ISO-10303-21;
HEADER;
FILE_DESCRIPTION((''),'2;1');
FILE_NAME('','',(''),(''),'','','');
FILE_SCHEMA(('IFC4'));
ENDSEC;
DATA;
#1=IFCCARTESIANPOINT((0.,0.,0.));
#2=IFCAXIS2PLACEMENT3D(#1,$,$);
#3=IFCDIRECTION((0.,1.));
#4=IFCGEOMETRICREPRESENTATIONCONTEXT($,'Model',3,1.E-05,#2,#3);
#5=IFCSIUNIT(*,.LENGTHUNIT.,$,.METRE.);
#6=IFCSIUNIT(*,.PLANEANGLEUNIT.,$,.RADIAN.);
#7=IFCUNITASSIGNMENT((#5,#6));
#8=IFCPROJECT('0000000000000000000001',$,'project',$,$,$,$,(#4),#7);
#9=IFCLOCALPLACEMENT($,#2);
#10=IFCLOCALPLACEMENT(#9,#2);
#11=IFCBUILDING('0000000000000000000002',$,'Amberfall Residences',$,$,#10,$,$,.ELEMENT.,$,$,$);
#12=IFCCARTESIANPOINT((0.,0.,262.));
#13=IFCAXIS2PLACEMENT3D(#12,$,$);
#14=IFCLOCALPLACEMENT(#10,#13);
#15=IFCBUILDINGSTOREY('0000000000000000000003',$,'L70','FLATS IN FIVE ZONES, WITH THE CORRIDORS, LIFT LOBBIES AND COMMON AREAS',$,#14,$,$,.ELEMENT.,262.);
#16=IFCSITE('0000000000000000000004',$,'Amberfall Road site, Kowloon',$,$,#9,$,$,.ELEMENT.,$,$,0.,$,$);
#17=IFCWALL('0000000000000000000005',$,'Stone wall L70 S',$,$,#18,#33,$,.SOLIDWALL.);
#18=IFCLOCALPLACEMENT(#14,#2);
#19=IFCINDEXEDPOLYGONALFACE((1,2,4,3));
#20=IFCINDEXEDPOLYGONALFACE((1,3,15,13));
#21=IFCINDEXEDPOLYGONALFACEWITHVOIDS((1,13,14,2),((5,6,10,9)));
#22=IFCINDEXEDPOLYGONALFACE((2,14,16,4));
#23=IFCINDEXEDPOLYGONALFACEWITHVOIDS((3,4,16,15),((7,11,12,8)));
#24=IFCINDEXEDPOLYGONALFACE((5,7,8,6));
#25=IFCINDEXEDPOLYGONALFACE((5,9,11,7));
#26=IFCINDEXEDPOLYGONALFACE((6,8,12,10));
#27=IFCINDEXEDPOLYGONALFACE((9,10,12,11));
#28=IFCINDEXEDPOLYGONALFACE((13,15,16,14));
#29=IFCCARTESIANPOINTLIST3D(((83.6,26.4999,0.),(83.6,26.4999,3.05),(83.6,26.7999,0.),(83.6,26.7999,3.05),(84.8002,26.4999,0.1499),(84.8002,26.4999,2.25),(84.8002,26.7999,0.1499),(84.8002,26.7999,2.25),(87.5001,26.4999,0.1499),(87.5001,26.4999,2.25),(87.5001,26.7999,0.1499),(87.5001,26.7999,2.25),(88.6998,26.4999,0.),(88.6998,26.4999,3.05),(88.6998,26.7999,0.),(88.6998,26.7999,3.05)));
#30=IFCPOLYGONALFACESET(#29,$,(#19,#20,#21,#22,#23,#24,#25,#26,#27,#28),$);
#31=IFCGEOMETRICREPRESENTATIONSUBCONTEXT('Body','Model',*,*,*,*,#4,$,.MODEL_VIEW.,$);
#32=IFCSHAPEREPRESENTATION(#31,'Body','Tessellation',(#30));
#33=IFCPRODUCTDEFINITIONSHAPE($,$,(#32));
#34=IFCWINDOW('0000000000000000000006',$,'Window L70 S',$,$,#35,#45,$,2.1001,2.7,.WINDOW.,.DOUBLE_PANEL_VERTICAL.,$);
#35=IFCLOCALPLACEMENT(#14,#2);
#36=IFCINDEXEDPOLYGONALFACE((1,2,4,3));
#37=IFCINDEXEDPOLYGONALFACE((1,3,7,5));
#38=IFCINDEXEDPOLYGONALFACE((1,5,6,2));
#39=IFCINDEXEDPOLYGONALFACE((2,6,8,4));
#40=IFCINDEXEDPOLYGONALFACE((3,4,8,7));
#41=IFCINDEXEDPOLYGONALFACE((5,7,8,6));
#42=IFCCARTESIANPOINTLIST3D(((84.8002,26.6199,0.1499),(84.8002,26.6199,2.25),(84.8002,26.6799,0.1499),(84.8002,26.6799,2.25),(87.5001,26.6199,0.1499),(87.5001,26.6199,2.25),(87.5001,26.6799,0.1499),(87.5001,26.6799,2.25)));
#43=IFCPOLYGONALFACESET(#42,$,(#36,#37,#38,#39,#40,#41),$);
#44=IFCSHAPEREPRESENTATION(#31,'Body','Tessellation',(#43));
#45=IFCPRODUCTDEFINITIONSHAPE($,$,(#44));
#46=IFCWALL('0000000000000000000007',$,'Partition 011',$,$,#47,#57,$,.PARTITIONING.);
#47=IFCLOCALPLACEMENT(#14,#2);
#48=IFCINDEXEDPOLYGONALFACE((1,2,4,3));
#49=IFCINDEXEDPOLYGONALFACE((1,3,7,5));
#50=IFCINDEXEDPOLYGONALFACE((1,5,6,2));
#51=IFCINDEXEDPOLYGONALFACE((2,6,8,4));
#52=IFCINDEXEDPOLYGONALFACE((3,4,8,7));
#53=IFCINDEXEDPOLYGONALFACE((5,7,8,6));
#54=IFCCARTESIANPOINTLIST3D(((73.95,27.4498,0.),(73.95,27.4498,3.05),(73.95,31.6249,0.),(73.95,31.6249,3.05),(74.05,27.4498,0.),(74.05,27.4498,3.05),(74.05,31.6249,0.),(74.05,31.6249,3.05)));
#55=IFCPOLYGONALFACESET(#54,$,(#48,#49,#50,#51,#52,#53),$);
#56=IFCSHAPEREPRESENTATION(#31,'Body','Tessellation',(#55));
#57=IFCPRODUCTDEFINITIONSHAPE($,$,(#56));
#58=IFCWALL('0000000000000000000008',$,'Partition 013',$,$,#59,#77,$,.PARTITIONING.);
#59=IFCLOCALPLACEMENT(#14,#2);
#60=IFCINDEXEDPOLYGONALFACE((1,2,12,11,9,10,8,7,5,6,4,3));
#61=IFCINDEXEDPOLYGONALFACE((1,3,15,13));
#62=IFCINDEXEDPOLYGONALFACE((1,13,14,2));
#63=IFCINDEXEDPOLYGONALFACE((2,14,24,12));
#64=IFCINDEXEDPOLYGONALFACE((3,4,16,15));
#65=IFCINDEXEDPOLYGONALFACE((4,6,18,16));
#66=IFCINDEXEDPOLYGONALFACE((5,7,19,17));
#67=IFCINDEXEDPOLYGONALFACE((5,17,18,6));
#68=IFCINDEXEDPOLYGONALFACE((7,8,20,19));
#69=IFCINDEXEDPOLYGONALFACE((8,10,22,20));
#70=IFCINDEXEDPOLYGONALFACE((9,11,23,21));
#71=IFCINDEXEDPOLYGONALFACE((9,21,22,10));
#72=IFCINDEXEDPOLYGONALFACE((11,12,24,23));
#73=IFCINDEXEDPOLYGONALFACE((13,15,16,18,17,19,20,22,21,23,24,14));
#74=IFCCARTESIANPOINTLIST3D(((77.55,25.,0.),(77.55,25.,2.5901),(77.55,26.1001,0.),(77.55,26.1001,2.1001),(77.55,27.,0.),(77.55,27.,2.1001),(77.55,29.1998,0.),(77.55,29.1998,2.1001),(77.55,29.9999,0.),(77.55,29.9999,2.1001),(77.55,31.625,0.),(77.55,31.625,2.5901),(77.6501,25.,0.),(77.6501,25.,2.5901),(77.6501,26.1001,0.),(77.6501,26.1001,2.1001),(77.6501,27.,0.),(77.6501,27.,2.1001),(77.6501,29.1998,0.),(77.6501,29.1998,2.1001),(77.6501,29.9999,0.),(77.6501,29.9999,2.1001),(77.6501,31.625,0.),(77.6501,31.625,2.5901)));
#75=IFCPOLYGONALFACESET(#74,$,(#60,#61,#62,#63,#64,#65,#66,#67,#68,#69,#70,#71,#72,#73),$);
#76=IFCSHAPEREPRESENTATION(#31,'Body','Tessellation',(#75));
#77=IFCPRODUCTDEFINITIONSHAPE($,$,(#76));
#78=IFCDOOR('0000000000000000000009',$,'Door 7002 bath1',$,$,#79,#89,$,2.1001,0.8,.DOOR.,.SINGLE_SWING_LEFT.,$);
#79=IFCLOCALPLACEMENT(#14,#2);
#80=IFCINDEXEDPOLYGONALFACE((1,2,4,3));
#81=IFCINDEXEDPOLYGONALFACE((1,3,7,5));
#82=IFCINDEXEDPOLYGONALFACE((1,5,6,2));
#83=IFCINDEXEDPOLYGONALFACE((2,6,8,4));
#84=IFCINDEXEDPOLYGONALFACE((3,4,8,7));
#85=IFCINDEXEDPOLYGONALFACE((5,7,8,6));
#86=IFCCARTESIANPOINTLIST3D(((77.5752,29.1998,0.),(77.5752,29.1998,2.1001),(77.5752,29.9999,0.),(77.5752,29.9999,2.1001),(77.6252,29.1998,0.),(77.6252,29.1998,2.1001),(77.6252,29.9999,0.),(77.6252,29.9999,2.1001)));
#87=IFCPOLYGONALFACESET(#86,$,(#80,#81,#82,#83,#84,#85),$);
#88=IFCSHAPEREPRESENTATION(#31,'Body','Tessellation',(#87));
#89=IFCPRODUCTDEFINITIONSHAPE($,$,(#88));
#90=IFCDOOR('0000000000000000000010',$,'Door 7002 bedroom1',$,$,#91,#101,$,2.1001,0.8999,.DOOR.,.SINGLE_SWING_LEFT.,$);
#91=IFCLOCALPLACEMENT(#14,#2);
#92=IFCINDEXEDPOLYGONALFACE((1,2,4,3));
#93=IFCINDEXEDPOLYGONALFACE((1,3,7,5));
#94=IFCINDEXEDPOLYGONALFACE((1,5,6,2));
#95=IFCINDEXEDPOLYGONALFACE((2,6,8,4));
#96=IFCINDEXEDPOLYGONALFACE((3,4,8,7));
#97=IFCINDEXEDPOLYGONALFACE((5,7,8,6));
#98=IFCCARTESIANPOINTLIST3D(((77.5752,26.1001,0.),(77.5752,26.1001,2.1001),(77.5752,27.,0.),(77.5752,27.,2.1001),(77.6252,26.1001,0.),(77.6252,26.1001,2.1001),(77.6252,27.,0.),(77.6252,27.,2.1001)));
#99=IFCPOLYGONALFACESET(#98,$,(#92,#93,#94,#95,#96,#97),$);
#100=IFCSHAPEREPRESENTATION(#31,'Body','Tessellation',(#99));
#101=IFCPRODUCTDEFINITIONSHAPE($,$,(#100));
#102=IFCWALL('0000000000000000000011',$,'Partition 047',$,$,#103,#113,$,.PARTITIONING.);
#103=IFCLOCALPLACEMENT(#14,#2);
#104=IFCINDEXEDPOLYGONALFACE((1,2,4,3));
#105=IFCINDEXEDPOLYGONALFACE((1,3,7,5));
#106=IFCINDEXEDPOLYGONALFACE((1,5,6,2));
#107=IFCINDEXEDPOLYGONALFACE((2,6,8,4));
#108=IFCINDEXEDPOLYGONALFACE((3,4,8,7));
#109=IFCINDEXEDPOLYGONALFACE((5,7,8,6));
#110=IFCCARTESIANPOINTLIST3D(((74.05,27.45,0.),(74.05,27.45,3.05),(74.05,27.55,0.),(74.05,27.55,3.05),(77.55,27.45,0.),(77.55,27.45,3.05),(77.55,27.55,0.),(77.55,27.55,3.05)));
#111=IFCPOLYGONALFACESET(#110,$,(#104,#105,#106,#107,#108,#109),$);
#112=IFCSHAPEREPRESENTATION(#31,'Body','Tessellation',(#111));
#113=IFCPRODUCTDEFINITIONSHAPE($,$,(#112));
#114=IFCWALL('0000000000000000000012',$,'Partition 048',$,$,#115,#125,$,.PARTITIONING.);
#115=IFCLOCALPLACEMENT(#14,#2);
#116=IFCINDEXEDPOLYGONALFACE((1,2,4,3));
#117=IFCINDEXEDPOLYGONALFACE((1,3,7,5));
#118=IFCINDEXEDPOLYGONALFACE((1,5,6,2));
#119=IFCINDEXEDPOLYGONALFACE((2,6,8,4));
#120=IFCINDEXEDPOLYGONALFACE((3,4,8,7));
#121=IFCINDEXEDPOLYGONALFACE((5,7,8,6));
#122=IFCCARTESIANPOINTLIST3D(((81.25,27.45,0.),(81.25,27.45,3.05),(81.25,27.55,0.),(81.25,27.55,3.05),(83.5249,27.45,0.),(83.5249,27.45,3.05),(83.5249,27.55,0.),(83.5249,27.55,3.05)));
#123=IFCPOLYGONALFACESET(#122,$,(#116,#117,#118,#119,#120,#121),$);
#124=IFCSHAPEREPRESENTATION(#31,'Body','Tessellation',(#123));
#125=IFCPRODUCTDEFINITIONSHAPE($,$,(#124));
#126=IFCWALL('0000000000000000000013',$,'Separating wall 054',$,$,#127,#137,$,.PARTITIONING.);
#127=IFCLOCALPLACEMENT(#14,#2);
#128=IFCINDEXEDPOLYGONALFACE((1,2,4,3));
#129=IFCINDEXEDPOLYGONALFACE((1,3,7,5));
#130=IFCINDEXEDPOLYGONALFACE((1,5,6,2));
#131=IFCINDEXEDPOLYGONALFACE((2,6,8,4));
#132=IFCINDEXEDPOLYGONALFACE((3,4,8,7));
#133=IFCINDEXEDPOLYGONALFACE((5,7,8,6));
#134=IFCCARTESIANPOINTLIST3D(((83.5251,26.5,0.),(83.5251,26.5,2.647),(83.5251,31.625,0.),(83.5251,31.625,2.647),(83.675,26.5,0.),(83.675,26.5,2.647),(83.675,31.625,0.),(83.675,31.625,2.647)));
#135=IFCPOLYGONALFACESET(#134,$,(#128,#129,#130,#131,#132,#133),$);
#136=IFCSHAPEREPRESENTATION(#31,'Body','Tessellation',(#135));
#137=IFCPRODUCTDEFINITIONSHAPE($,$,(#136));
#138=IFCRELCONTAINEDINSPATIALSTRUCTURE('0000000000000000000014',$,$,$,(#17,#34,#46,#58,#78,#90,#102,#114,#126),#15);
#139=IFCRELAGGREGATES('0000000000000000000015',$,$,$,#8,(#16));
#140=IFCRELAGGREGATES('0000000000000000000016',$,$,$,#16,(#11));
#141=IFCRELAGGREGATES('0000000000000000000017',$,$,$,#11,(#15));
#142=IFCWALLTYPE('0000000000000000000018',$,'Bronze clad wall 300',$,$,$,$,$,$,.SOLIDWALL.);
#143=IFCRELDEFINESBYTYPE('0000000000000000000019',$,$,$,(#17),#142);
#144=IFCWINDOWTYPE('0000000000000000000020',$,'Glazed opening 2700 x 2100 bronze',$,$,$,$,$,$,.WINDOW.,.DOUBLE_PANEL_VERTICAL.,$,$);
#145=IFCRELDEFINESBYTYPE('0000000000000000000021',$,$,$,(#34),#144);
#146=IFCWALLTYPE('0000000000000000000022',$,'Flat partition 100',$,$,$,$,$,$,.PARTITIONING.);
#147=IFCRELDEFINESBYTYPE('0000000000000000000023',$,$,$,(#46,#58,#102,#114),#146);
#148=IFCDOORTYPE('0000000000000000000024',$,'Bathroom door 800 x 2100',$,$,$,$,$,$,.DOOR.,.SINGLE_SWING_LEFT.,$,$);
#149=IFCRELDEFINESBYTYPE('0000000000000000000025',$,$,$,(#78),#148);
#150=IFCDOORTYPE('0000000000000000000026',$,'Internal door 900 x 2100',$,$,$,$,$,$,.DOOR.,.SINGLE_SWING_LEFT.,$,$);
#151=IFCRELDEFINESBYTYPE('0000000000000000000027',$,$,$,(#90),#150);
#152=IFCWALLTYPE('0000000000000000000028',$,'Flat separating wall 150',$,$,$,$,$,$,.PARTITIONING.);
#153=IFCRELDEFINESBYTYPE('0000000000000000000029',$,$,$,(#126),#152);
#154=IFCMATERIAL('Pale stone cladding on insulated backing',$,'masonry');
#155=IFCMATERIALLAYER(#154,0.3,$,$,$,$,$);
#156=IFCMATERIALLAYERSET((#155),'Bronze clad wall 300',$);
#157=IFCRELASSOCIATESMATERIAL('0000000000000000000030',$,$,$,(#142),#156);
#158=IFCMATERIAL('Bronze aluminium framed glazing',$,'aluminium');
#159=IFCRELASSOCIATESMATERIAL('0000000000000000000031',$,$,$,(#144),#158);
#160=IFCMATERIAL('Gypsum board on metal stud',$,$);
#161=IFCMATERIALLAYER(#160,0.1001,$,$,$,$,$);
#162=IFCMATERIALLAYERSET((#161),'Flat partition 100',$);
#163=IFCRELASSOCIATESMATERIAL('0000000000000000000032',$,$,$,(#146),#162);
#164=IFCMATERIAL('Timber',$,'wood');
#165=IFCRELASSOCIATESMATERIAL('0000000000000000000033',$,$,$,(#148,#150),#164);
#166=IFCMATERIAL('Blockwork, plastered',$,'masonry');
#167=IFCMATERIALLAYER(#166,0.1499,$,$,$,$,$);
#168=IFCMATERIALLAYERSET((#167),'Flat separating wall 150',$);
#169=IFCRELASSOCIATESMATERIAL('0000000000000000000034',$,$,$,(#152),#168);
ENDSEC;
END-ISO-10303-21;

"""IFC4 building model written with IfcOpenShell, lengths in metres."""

from ifc_helpers import new_model, si_unit, direction, frame, frame_2d, origin, place, context, subcontext, project, spatial, rectangle, extrude, material, layer, layer_set, type_object, element, fill, save


model = new_model("IFC4")

# Units and contexts
model_context = context("Model", 3, precision=1e-05, world=origin(), true_north=direction((0.0, 1.0)))
body_context = subcontext(model_context, "Body", "Model", "MODEL_VIEW")
ifc_project = project(units=[si_unit("LENGTHUNIT", "METRE"), si_unit("PLANEANGLEUNIT", "RADIAN")], contexts=[model_context])

# Site, building, storey
site_placement = place(None, origin())
site = spatial("IfcSite", under=ifc_project, at=site_placement, Name="Amberfall Road site, Kowloon", CompositionType="ELEMENT", RefElevation=0.0)
building_placement = place(site_placement, origin())
building = spatial("IfcBuilding", under=site, at=building_placement, Name="Amberfall Residences", CompositionType="ELEMENT")
storey_placement = place(building_placement, frame((0.0, 0.0, 262.0)))
storey = spatial("IfcBuildingStorey", under=building, at=storey_placement, Name="L70", Description="FLATS IN FIVE ZONES, WITH THE CORRIDORS, LIFT LOBBIES AND COMMON AREAS", CompositionType="ELEMENT", Elevation=262.0)

# Shared definitions
ifc_material_1 = material(Name="Pale stone cladding on insulated backing", Category="masonry")
ifc_layer_1 = layer(ifc_material_1, 0.3)
ifc_layer_set_1 = layer_set([ifc_layer_1], Name="Bronze clad wall 300")
wall_type_1 = type_object("IfcWallType", Name="Bronze clad wall 300", PredefinedType="SOLIDWALL", material=ifc_layer_set_1)

# Wall, opening, window
wall_1_placement = place(storey_placement, frame((83.6001, 26.6499, 0.0), z_axis=(0.0, 0.0, 1.0), x_axis=(1.0, 0.0, 0.0)))
wall_1 = element("IfcWall", 1, at=wall_1_placement, inside=storey, type_object=wall_type_1, Name="Stone wall L70 S", PredefinedType="SOLIDWALL", context=body_context, shape_type="SweptSolid", body=[
    extrude(rectangle(XDim=5.0999, YDim=0.3, at=frame_2d((2.5498, 0.0))), origin(), (0.0, 0.0, 1.0), 3.05),
])
opening_1_placement = place(wall_1_placement, frame((1.2, 0.0, 0.1499)))
opening_1 = element("IfcOpeningElement", 2, at=opening_1_placement, cuts=wall_1, PredefinedType="OPENING", context=body_context, shape_type="SweptSolid", body=[
    extrude(rectangle(XDim=2.7, YDim=2.1001, at=frame_2d((1.3501, 1.05))), frame((0.0, 0.1599, 0.0), z_axis=(0.0, -1.0, 0.0), x_axis=(1.0, 0.0, 0.0)), (0.0, 0.0, 1.0), 0.3201),
])
ifc_material_2 = material(Name="Bronze aluminium framed glazing", Category="aluminium")
window_type = type_object("IfcWindowType", Name="Glazed opening 2700 x 2100 bronze", PartitioningType="DOUBLE_PANEL_VERTICAL", PredefinedType="WINDOW", material=ifc_material_2)
window_placement = place(opening_1_placement, origin())
window = element("IfcWindow", 3, at=window_placement, inside=storey, type_object=window_type, Name="Window L70 S", OverallHeight=2.1001, OverallWidth=2.7, PartitioningType="DOUBLE_PANEL_VERTICAL", PredefinedType="WINDOW", context=body_context, shape_type="SweptSolid", body=[
    extrude(rectangle(XDim=2.7, YDim=2.1001, at=frame_2d((1.3501, 1.05))), frame((0.0, 0.03, 0.0), z_axis=(0.0, -1.0, 0.0), x_axis=(1.0, 0.0, 0.0)), (0.0, 0.0, 1.0), 0.0601),
])
fill(opening_1, window)

# Wall
ifc_material_3 = material(Name="Gypsum board on metal stud")
ifc_layer_2 = layer(ifc_material_3, 0.1001)
ifc_layer_set_2 = layer_set([ifc_layer_2], Name="Flat partition 100")
wall_type_2 = type_object("IfcWallType", Name="Flat partition 100", PredefinedType="PARTITIONING", material=ifc_layer_set_2)
wall_2_placement = place(storey_placement, frame((74.0, 27.45, 0.0), z_axis=(0.0, 0.0, 1.0), x_axis=(0.0, 1.0, 0.0)))
element("IfcWall", 4, at=wall_2_placement, inside=storey, type_object=wall_type_2, Name="Partition 011", PredefinedType="PARTITIONING", context=body_context, shape_type="SweptSolid", body=[
    extrude(rectangle(XDim=4.175, YDim=0.1001, at=frame_2d((2.0874, 0.0))), origin(), (0.0, 0.0, 1.0), 3.05),
])

# Wall, openings, doors
wall_3_placement = place(storey_placement, frame((77.6001, 25.0, 0.0), z_axis=(0.0, 0.0, 1.0), x_axis=(0.0, 1.0, 0.0)))
wall_3 = element("IfcWall", 5, at=wall_3_placement, inside=storey, type_object=wall_type_2, Name="Partition 013", PredefinedType="PARTITIONING", context=body_context, shape_type="SweptSolid", body=[
    extrude(rectangle(XDim=6.625, YDim=0.1001, at=frame_2d((3.3125, 0.0))), origin(), (0.0, 0.0, 1.0), 2.5901),
])
opening_2_placement = place(wall_3_placement, frame((1.1001, 0.0, 0.0)))
opening_2 = element("IfcOpeningElement", 6, at=opening_2_placement, cuts=wall_3, PredefinedType="OPENING", context=body_context, shape_type="SweptSolid", body=[
    extrude(rectangle(XDim=0.8999, YDim=2.1001, at=frame_2d((0.45, 1.05))), frame((0.0, 0.0601, 0.0), z_axis=(0.0, -1.0, 0.0), x_axis=(1.0, 0.0, 0.0)), (0.0, 0.0, 1.0), 0.1201),
])
opening_3_placement = place(wall_3_placement, frame((4.2, 0.0, 0.0)))
opening_3 = element("IfcOpeningElement", 7, at=opening_3_placement, cuts=wall_3, PredefinedType="OPENING", context=body_context, shape_type="SweptSolid", body=[
    extrude(rectangle(XDim=0.8, YDim=2.1001, at=frame_2d((0.3999, 1.05))), frame((0.0, 0.0601, 0.0), z_axis=(0.0, -1.0, 0.0), x_axis=(1.0, 0.0, 0.0)), (0.0, 0.0, 1.0), 0.1201),
])
ifc_material_4 = material(Name="Timber", Category="wood")
door_type_1 = type_object("IfcDoorType", Name="Bathroom door 800 x 2100", OperationType="SINGLE_SWING_LEFT", PredefinedType="DOOR", material=ifc_material_4)
door_1_placement = place(opening_3_placement, origin())
door_1 = element("IfcDoor", 8, at=door_1_placement, inside=storey, type_object=door_type_1, Name="Door 7002 bath1", OperationType="SINGLE_SWING_LEFT", OverallHeight=2.1001, OverallWidth=0.8, PredefinedType="DOOR", context=body_context, shape_type="SweptSolid", body=[
    extrude(rectangle(XDim=0.8, YDim=2.1001, at=frame_2d((0.3999, 1.05))), frame((0.0, 0.0249, 0.0), z_axis=(0.0, -1.0, 0.0), x_axis=(1.0, 0.0, 0.0)), (0.0, 0.0, 1.0), 0.05),
])
fill(opening_3, door_1)
door_type_2 = type_object("IfcDoorType", Name="Internal door 900 x 2100", OperationType="SINGLE_SWING_LEFT", PredefinedType="DOOR", material=ifc_material_4)
door_2_placement = place(opening_2_placement, origin())
door_2 = element("IfcDoor", 9, at=door_2_placement, inside=storey, type_object=door_type_2, Name="Door 7002 bedroom1", OperationType="SINGLE_SWING_LEFT", OverallHeight=2.1001, OverallWidth=0.8999, PredefinedType="DOOR", context=body_context, shape_type="SweptSolid", body=[
    extrude(rectangle(XDim=0.8999, YDim=2.1001, at=frame_2d((0.45, 1.05))), frame((0.0, 0.0249, 0.0), z_axis=(0.0, -1.0, 0.0), x_axis=(1.0, 0.0, 0.0)), (0.0, 0.0, 1.0), 0.05),
])
fill(opening_2, door_2)

# Walls
wall_4_placement = place(storey_placement, frame((74.05, 27.5, 0.0), z_axis=(0.0, 0.0, 1.0), x_axis=(1.0, 0.0, 0.0)))
element("IfcWall", 10, at=wall_4_placement, inside=storey, type_object=wall_type_2, Name="Partition 047", PredefinedType="PARTITIONING", context=body_context, shape_type="SweptSolid", body=[
    extrude(rectangle(XDim=3.5, YDim=0.1001, at=frame_2d((1.75, 0.0))), origin(), (0.0, 0.0, 1.0), 3.05),
])
wall_5_placement = place(storey_placement, frame((81.25, 27.5, 0.0), z_axis=(0.0, 0.0, 1.0), x_axis=(1.0, 0.0, 0.0)))
element("IfcWall", 11, at=wall_5_placement, inside=storey, type_object=wall_type_2, Name="Partition 048", PredefinedType="PARTITIONING", context=body_context, shape_type="SweptSolid", body=[
    extrude(rectangle(XDim=2.2749, YDim=0.1001, at=frame_2d((1.1375, 0.0))), origin(), (0.0, 0.0, 1.0), 3.05),
])
ifc_material_5 = material(Name="Blockwork, plastered", Category="masonry")
ifc_layer_3 = layer(ifc_material_5, 0.1499)
ifc_layer_set_3 = layer_set([ifc_layer_3], Name="Flat separating wall 150")
wall_type_3 = type_object("IfcWallType", Name="Flat separating wall 150", PredefinedType="PARTITIONING", material=ifc_layer_set_3)
wall_6_placement = place(storey_placement, frame((83.6001, 26.5, 0.0), z_axis=(0.0, 0.0, 1.0), x_axis=(0.0, 1.0, 0.0)))
element("IfcWall", 12, at=wall_6_placement, inside=storey, type_object=wall_type_3, Name="Separating wall 054", PredefinedType="PARTITIONING", context=body_context, shape_type="SweptSolid", body=[
    extrude(rectangle(XDim=5.125, YDim=0.1499, at=frame_2d((2.5625, 0.0))), origin(), (0.0, 0.0, 1.0), 2.647),
])

save(model, "model.ifc")
